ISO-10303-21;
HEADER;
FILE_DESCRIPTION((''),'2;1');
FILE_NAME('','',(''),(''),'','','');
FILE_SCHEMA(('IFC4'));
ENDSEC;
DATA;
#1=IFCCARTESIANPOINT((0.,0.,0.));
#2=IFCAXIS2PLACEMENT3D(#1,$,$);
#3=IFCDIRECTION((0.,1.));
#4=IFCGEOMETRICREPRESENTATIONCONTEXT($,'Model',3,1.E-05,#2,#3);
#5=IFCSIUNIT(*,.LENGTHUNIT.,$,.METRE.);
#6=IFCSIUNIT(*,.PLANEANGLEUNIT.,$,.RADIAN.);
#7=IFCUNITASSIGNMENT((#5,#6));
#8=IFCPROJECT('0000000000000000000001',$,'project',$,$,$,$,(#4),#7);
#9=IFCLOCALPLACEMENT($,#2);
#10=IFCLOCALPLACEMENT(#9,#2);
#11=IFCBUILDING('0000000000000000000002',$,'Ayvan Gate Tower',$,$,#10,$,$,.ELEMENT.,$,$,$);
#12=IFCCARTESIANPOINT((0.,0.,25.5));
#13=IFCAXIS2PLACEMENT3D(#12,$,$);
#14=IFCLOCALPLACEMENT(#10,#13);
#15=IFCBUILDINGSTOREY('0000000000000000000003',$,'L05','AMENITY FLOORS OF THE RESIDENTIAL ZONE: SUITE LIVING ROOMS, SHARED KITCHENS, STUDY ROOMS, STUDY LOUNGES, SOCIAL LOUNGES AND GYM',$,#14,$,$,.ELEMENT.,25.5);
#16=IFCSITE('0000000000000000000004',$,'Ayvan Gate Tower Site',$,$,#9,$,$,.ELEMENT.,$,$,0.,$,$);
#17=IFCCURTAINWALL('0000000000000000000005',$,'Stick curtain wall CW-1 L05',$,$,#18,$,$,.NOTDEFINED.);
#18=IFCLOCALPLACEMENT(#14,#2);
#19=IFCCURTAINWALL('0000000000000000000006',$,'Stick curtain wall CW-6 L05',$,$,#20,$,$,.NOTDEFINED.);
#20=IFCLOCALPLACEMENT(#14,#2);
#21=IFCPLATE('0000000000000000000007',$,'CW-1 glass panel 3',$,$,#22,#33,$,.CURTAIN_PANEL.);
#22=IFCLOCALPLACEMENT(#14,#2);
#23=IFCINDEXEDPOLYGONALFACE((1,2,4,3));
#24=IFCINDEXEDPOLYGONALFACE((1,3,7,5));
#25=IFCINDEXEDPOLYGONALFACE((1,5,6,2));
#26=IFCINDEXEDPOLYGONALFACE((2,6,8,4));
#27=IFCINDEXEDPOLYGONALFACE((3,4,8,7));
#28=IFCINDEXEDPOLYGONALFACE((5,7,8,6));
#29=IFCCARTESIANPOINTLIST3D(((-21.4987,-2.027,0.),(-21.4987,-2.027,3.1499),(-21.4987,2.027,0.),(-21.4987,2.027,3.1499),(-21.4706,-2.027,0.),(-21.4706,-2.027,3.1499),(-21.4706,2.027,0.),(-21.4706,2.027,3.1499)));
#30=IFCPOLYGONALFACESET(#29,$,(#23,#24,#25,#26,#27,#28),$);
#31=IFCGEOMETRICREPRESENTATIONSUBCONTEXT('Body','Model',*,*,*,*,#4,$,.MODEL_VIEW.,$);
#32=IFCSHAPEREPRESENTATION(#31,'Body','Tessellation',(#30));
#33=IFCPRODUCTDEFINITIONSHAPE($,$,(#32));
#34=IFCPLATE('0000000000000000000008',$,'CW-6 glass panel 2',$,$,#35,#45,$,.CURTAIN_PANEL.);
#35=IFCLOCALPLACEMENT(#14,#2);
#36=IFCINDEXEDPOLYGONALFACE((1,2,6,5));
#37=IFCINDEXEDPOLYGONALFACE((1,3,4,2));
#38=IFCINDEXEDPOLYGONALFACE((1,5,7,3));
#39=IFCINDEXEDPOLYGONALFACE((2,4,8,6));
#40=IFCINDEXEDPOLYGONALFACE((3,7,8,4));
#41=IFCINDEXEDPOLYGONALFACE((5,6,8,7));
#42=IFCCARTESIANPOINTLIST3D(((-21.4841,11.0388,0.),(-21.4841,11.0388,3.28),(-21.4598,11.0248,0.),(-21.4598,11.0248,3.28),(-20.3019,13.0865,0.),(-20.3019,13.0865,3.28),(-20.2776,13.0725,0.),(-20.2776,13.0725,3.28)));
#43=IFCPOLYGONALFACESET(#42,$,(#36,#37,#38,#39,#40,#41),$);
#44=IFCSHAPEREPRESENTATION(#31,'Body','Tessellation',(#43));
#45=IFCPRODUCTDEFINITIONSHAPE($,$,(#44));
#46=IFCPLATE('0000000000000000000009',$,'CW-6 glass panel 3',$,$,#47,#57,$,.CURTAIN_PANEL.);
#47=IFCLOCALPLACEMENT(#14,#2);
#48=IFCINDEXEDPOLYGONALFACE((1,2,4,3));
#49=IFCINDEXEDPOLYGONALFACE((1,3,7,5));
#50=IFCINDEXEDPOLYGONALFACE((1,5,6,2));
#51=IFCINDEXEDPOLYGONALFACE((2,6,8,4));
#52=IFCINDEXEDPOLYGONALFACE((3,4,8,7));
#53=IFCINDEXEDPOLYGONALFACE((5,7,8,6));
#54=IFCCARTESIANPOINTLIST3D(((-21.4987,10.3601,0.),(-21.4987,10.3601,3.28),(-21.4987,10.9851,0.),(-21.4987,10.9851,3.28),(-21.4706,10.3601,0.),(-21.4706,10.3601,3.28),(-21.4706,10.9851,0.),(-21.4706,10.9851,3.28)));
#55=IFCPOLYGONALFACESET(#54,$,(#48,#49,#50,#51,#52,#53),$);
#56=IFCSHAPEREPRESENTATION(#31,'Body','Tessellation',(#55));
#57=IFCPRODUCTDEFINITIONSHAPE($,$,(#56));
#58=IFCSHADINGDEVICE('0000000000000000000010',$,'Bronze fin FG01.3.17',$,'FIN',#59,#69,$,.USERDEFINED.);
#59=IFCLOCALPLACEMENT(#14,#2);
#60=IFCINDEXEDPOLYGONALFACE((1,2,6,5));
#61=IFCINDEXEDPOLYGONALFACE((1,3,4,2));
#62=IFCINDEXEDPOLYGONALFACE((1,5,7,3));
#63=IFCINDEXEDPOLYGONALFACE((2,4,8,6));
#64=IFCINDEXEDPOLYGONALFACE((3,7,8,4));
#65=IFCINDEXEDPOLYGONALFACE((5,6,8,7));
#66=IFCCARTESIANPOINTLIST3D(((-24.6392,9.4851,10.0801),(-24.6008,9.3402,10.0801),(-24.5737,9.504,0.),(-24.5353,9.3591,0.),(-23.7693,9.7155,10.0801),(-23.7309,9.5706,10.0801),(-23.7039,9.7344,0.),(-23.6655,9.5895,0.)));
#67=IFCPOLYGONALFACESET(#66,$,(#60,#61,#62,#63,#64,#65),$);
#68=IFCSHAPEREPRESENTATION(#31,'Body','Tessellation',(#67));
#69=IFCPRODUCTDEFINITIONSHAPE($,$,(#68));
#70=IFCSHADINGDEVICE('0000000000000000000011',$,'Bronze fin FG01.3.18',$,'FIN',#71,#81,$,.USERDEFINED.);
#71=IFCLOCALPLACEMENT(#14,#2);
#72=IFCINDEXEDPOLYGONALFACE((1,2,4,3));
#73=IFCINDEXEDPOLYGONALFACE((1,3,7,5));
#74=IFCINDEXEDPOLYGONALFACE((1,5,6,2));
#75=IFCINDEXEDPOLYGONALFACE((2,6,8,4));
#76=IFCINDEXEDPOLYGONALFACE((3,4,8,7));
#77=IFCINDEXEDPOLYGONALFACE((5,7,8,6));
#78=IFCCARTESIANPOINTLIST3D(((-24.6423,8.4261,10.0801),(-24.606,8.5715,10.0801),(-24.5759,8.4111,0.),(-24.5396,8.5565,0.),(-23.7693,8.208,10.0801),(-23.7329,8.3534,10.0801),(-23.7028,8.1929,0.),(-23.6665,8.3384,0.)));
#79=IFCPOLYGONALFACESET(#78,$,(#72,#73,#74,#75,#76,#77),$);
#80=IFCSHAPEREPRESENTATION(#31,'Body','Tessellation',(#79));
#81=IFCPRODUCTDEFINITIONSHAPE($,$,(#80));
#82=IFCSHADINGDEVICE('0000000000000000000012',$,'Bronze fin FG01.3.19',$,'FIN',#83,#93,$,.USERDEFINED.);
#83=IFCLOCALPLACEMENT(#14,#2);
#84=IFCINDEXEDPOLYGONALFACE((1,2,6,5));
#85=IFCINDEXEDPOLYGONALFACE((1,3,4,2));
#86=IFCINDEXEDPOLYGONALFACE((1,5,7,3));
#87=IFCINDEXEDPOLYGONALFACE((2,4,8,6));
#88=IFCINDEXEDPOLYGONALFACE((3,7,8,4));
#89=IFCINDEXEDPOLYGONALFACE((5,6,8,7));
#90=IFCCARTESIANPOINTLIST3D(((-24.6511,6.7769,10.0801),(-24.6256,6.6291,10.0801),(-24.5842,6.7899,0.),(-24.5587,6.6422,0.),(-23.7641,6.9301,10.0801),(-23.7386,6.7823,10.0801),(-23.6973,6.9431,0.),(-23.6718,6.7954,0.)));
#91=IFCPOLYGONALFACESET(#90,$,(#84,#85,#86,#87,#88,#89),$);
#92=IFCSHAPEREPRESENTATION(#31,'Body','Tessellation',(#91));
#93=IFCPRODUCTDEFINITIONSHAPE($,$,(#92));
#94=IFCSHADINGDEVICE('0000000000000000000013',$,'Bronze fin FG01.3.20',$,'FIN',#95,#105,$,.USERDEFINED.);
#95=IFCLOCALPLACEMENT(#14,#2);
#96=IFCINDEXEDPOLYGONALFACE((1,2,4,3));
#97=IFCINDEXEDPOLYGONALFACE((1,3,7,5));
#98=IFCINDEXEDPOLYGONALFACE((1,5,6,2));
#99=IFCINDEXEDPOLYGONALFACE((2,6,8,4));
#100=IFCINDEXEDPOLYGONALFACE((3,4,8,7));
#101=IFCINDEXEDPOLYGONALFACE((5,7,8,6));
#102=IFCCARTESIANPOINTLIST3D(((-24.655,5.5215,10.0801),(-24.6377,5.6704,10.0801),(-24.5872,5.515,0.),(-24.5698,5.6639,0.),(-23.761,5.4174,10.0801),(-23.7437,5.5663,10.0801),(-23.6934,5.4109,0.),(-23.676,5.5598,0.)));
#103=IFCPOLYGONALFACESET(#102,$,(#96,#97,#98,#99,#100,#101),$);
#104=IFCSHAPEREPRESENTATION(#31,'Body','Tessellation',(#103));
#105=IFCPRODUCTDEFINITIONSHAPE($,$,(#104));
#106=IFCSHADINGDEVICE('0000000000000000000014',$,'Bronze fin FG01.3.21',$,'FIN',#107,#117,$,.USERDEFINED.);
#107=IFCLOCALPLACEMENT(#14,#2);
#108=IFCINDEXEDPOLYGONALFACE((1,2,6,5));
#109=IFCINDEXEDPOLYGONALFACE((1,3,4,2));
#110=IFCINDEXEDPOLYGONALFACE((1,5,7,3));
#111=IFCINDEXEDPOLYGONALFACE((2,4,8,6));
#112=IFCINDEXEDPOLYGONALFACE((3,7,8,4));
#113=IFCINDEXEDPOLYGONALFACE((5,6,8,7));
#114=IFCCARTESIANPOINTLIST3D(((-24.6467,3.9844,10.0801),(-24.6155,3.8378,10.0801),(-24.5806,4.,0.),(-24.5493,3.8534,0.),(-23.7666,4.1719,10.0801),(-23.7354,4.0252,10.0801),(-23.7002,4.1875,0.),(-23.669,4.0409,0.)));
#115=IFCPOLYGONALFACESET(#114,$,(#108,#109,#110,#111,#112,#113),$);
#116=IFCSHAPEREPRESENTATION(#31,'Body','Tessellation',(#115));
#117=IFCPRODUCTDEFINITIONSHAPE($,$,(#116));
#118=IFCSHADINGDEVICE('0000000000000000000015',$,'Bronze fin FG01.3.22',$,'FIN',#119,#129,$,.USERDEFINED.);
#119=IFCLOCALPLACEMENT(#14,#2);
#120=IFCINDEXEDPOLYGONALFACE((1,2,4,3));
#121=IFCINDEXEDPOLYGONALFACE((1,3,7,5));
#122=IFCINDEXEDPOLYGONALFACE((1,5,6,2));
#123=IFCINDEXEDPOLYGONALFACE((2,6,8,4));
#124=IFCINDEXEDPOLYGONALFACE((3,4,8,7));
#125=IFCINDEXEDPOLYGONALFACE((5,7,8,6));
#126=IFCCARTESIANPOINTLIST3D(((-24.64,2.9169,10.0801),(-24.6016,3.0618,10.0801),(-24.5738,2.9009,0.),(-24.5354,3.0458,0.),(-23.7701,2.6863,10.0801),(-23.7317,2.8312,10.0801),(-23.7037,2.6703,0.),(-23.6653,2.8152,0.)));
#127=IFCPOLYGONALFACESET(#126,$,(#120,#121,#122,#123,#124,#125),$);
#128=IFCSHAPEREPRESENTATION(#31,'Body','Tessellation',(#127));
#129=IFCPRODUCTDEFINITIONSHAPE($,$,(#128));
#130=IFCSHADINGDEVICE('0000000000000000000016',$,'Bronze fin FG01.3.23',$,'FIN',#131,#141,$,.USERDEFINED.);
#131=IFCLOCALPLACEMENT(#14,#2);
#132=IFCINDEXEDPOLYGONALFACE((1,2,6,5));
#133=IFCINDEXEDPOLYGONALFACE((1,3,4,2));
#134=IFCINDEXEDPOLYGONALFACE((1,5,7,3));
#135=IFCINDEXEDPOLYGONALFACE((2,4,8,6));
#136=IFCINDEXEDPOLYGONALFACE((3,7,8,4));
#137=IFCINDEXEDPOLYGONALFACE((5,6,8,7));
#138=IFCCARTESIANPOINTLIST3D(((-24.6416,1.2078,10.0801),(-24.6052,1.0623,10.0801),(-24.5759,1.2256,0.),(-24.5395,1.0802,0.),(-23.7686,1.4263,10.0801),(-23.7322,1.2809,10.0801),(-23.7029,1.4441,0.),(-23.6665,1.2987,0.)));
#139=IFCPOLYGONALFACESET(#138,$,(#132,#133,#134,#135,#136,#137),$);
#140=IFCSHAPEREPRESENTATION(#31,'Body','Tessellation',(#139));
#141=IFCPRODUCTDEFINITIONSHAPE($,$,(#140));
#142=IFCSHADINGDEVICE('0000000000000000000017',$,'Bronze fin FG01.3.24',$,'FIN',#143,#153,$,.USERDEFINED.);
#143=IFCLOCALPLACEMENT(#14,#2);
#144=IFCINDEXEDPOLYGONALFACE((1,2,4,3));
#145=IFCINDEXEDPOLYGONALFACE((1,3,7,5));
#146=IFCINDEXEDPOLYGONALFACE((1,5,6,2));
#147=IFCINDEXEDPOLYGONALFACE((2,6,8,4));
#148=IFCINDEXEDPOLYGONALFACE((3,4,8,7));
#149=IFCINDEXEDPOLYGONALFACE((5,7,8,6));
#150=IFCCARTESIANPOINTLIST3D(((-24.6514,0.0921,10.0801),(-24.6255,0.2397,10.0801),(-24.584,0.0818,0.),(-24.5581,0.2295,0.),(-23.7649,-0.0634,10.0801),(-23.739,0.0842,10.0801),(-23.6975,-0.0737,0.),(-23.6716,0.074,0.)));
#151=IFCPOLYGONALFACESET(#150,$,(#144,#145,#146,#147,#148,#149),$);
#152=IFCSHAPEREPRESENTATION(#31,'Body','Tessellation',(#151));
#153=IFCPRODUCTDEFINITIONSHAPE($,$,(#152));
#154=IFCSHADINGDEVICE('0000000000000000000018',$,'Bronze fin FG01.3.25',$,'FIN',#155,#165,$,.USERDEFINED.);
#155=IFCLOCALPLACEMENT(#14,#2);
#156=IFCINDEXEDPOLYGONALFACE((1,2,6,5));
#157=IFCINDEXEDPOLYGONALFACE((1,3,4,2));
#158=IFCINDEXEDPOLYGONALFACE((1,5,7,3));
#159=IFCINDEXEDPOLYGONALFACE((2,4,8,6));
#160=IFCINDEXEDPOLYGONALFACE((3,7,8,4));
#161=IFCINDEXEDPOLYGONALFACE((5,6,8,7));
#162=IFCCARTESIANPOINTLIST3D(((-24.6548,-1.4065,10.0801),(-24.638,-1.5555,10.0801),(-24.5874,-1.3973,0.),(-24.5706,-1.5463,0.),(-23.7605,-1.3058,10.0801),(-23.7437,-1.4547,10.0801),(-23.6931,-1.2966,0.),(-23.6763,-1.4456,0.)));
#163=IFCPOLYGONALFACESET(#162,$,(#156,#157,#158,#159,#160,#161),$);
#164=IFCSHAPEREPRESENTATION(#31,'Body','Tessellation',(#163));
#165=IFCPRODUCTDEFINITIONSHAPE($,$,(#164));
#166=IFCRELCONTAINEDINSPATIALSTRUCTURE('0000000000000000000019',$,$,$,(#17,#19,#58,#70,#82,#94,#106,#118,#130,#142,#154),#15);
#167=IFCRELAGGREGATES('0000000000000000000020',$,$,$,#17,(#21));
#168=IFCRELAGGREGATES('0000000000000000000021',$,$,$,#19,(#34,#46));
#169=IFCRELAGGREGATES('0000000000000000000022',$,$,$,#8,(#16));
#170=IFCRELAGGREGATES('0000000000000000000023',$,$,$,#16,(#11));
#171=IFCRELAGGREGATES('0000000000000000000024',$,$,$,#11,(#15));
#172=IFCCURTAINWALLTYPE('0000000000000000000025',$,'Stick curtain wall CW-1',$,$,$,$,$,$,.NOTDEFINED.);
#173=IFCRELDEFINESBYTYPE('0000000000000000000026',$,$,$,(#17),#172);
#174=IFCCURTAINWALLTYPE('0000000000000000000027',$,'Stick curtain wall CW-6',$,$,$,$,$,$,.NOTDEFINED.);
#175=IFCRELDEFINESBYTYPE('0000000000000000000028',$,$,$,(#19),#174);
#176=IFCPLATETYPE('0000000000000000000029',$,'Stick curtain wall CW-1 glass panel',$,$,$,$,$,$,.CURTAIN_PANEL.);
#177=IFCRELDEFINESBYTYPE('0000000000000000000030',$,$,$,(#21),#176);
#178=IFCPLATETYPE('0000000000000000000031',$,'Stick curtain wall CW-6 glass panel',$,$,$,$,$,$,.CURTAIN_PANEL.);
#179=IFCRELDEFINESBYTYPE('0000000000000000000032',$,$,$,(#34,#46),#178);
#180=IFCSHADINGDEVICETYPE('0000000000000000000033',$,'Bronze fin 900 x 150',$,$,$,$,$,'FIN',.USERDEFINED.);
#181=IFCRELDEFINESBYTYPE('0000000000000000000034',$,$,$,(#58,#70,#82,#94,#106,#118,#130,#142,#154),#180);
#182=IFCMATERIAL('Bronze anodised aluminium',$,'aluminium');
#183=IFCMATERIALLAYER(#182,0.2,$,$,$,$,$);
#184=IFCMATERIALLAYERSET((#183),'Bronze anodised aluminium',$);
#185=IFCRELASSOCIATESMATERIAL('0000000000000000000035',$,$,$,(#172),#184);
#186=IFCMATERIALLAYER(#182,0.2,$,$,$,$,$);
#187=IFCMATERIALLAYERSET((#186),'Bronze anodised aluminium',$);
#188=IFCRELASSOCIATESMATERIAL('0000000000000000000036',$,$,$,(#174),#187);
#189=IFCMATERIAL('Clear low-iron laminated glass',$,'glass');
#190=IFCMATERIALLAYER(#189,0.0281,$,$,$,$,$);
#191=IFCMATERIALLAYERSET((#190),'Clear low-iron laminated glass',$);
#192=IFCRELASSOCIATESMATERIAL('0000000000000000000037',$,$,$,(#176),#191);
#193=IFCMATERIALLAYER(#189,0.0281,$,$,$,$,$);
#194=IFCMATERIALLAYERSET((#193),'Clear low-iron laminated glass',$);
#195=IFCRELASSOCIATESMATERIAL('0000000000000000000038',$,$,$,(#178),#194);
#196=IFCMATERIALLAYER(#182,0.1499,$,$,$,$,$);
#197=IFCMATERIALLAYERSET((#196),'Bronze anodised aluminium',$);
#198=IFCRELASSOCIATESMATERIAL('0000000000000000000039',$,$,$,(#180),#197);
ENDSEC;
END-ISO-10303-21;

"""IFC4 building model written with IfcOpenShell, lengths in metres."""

from ifc_helpers import new_model, si_unit, direction, frame, origin, origin_2d, place, context, subcontext, project, spatial, polyline, rectangle, outline, extrude, material, layer, layer_set, type_object, element, aggregate, save


model = new_model("IFC4")

# Units and contexts
model_context = context("Model", 3, precision=1e-05, world=origin(), true_north=direction((0.0, 1.0)))
body_context = subcontext(model_context, "Body", "Model", "MODEL_VIEW")
ifc_project = project(units=[si_unit("LENGTHUNIT", "METRE"), si_unit("PLANEANGLEUNIT", "RADIAN")], contexts=[model_context])

# Site, building, storey
site_placement = place(None, origin())
site = spatial("IfcSite", under=ifc_project, at=site_placement, Name="Ayvan Gate Tower Site", CompositionType="ELEMENT", RefElevation=0.0)
building_placement = place(site_placement, origin())
building = spatial("IfcBuilding", under=site, at=building_placement, Name="Ayvan Gate Tower", CompositionType="ELEMENT")
storey_placement = place(building_placement, frame((0.0, 0.0, 25.5)))
storey = spatial("IfcBuildingStorey", under=building, at=storey_placement, Name="L05", Description="AMENITY FLOORS OF THE RESIDENTIAL ZONE: SUITE LIVING ROOMS, SHARED KITCHENS, STUDY ROOMS, STUDY LOUNGES, SOCIAL LOUNGES AND GYM", CompositionType="ELEMENT", Elevation=25.5)

# Curtain walls
ifc_material_1 = material(Name="Bronze anodised aluminium", Category="aluminium")
ifc_layer_1 = layer(ifc_material_1, 0.2)
ifc_layer_set_1 = layer_set([ifc_layer_1], Name="Bronze anodised aluminium")
curtain_wall_type_1 = type_object("IfcCurtainWallType", Name="Stick curtain wall CW-1", PredefinedType="NOTDEFINED", material=ifc_layer_set_1)
curtain_wall_1_placement = place(storey_placement, origin())
curtain_wall_1 = element("IfcCurtainWall", 1, at=curtain_wall_1_placement, inside=storey, type_object=curtain_wall_type_1, Name="Stick curtain wall CW-1 L05", PredefinedType="NOTDEFINED")
ifc_layer_2 = layer(ifc_material_1, 0.2)
ifc_layer_set_2 = layer_set([ifc_layer_2], Name="Bronze anodised aluminium")
curtain_wall_type_2 = type_object("IfcCurtainWallType", Name="Stick curtain wall CW-6", PredefinedType="NOTDEFINED", material=ifc_layer_set_2)
curtain_wall_2_placement = place(storey_placement, origin())
curtain_wall_2 = element("IfcCurtainWall", 2, at=curtain_wall_2_placement, inside=storey, type_object=curtain_wall_type_2, Name="Stick curtain wall CW-6 L05", PredefinedType="NOTDEFINED")

# Plates
ifc_material_2 = material(Name="Clear low-iron laminated glass", Category="glass")
ifc_layer_3 = layer(ifc_material_2, 0.0281)
ifc_layer_set_3 = layer_set([ifc_layer_3], Name="Clear low-iron laminated glass")
plate_type_1 = type_object("IfcPlateType", Name="Stick curtain wall CW-1 glass panel", PredefinedType="CURTAIN_PANEL", material=ifc_layer_set_3)
plate_1_placement = place(storey_placement, frame((-21.4846, 0.0, 0.0), z_axis=(0.0, 0.0, 1.0), x_axis=(0.0, -1.0, 0.0)))
plate_1 = element("IfcPlate", 3, at=plate_1_placement, type_object=plate_type_1, Name="CW-1 glass panel 3", PredefinedType="CURTAIN_PANEL", context=body_context, shape_type="SweptSolid", body=[
    extrude(rectangle(XDim=4.054, YDim=0.0281, at=origin_2d()), origin(), (0.0, 0.0, 1.0), 3.1499),
])
aggregate(curtain_wall_1, [plate_1])
ifc_layer_4 = layer(ifc_material_2, 0.0281)
ifc_layer_set_4 = layer_set([ifc_layer_4], Name="Clear low-iron laminated glass")
plate_type_2 = type_object("IfcPlateType", Name="Stick curtain wall CW-6 glass panel", PredefinedType="CURTAIN_PANEL", material=ifc_layer_set_4)
plate_2_placement = place(storey_placement, frame((-20.8809, 12.0557, 0.0), z_axis=(0.0, 0.0, 1.0), x_axis=(-0.5, -0.866025, 0.0)))
plate_2 = element("IfcPlate", 4, at=plate_2_placement, type_object=plate_type_2, Name="CW-6 glass panel 2", PredefinedType="CURTAIN_PANEL", context=body_context, shape_type="SweptSolid", body=[
    extrude(rectangle(XDim=2.3645, YDim=0.0281, at=origin_2d()), origin(), (0.0, 0.0, 1.0), 3.28),
])
plate_3_placement = place(storey_placement, frame((-21.4846, 10.6726, 0.0), z_axis=(0.0, 0.0, 1.0), x_axis=(0.0, -1.0, 0.0)))
plate_3 = element("IfcPlate", 5, at=plate_3_placement, type_object=plate_type_2, Name="CW-6 glass panel 3", PredefinedType="CURTAIN_PANEL", context=body_context, shape_type="SweptSolid", body=[
    extrude(rectangle(XDim=0.625, YDim=0.0281, at=origin_2d()), origin(), (0.0, 0.0, 1.0), 3.28),
])
aggregate(curtain_wall_2, [plate_2, plate_3])

# Shading devices
ifc_layer_5 = layer(ifc_material_1, 0.1499)
ifc_layer_set_5 = layer_set([ifc_layer_5], Name="Bronze anodised aluminium")
shading_device_type = type_object("IfcShadingDeviceType", Name="Bronze fin 900 x 150", ElementType="FIN", PredefinedType="USERDEFINED", material=ifc_layer_set_5)
shading_device_1_placement = place(storey_placement, frame((-23.7039, 9.7344, 0.0), z_axis=(-0.255982, 0.966682, 0.000153), x_axis=(-0.966682, -0.255982, 0.0)))
element("IfcShadingDevice", 6, at=shading_device_1_placement, inside=storey, type_object=shading_device_type, Name="Bronze fin FG01.3.17", ObjectType="FIN", PredefinedType="USERDEFINED", context=body_context, shape_type="SweptSolid", body=[
    extrude(outline(polyline([(0.0, 0.0), (0.8998, 0.0), (0.9679, 10.0801), (0.0681, 10.0801), (0.0, 0.0)])), origin(), (0.0, 0.0, -1.0), 0.1499),
])
shading_device_2_placement = place(storey_placement, frame((-23.6665, 8.3384, 0.0), z_axis=(0.242408, 0.970174, 0.000152), x_axis=(-0.970174, 0.242408, 0.0)))
element("IfcShadingDevice", 7, at=shading_device_2_placement, inside=storey, type_object=shading_device_type, Name="Bronze fin FG01.3.18", ObjectType="FIN", PredefinedType="USERDEFINED", context=body_context, shape_type="SweptSolid", body=[
    extrude(outline(polyline([(0.0, 0.0), (0.8999, 0.0), (0.968, 10.0801), (0.0681, 10.0801), (0.0, 0.0)])), origin(), (0.0, 0.0, -1.0), 0.1499),
])
shading_device_3_placement = place(storey_placement, frame((-23.6973, 6.9431, 0.0), z_axis=(-0.170202, 0.985409, 0.000147), x_axis=(-0.985409, -0.170202, 0.0)))
element("IfcShadingDevice", 8, at=shading_device_3_placement, inside=storey, type_object=shading_device_type, Name="Bronze fin FG01.3.19", ObjectType="FIN", PredefinedType="USERDEFINED", context=body_context, shape_type="SweptSolid", body=[
    extrude(outline(polyline([(0.0, 0.0), (0.9001, 0.0), (0.9682, 10.0801), (0.0681, 10.0801), (0.0, 0.0)])), origin(), (0.0, 0.0, -1.0), 0.1499),
])
shading_device_4_placement = place(storey_placement, frame((-23.676, 5.5598, 0.0), z_axis=(0.1157, 0.993284, 0.00014), x_axis=(-0.993284, 0.1157, 0.0)))
element("IfcShadingDevice", 9, at=shading_device_4_placement, inside=storey, type_object=shading_device_type, Name="Bronze fin FG01.3.20", ObjectType="FIN", PredefinedType="USERDEFINED", context=body_context, shape_type="SweptSolid", body=[
    extrude(outline(polyline([(0.0, 0.0), (0.8999, 0.0), (0.968, 10.0801), (0.0679, 10.0801), (0.0, 0.0)])), origin(), (0.0, 0.0, -1.0), 0.1499),
])
shading_device_5_placement = place(storey_placement, frame((-23.7002, 4.1875, 0.0), z_axis=(-0.208334, 0.978058, 0.000146), x_axis=(-0.978058, -0.208334, 0.0)))
element("IfcShadingDevice", 10, at=shading_device_5_placement, inside=storey, type_object=shading_device_type, Name="Bronze fin FG01.3.21", ObjectType="FIN", PredefinedType="USERDEFINED", context=body_context, shape_type="SweptSolid", body=[
    extrude(outline(polyline([(0.0, 0.0), (0.9001, 0.0), (0.9681, 10.0801), (0.0682, 10.0801), (0.0, 0.0)])), origin(), (0.0, 0.0, -1.0), 0.1499),
])
shading_device_6_placement = place(storey_placement, frame((-23.6653, 2.8152, 0.0), z_axis=(0.256202, 0.966623, 0.000151), x_axis=(-0.966623, 0.256202, 0.0)))
element("IfcShadingDevice", 11, at=shading_device_6_placement, inside=storey, type_object=shading_device_type, Name="Bronze fin FG01.3.22", ObjectType="FIN", PredefinedType="USERDEFINED", context=body_context, shape_type="SweptSolid", body=[
    extrude(outline(polyline([(0.0, 0.0), (0.9002, 0.0), (0.9682, 10.0801), (0.0683, 10.0801), (0.0, 0.0)])), origin(), (0.0, 0.0, -1.0), 0.1499),
])
shading_device_7_placement = place(storey_placement, frame((-23.7029, 1.4441, 0.0), z_axis=(-0.242791, 0.970079, 0.000133), x_axis=(-0.970079, -0.242791, 0.0)))
element("IfcShadingDevice", 12, at=shading_device_7_placement, inside=storey, type_object=shading_device_type, Name="Bronze fin FG01.3.23", ObjectType="FIN", PredefinedType="USERDEFINED", context=body_context, shape_type="SweptSolid", body=[
    extrude(outline(polyline([(0.0, 0.0), (0.9, 0.0), (0.968, 10.0801), (0.068, 10.0801), (0.0, 0.0)])), origin(), (0.0, 0.0, -1.0), 0.1499),
])
shading_device_8_placement = place(storey_placement, frame((-23.6716, 0.074, 0.0), z_axis=(0.172795, 0.984958, 0.000153), x_axis=(-0.984958, 0.172795, 0.0)))
element("IfcShadingDevice", 13, at=shading_device_8_placement, inside=storey, type_object=shading_device_type, Name="Bronze fin FG01.3.24", ObjectType="FIN", PredefinedType="USERDEFINED", context=body_context, shape_type="SweptSolid", body=[
    extrude(outline(polyline([(0.0, 0.0), (0.9, 0.0), (0.9682, 10.0801), (0.0681, 10.0801), (0.0, 0.0)])), origin(), (0.0, 0.0, -1.0), 0.1499),
])
shading_device_9_placement = place(storey_placement, frame((-23.6931, -1.2966, 0.0), z_axis=(-0.111905, 0.993719, 0.000154), x_axis=(-0.993719, -0.111905, 0.0)))
element("IfcShadingDevice", 14, at=shading_device_9_placement, inside=storey, type_object=shading_device_type, Name="Bronze fin FG01.3.25", ObjectType="FIN", PredefinedType="USERDEFINED", context=body_context, shape_type="SweptSolid", body=[
    extrude(outline(polyline([(0.0, 0.0), (0.9, 0.0), (0.9679, 10.0801), (0.068, 10.0801), (0.0, 0.0)])), origin(), (0.0, 0.0, -1.0), 0.1499),
])

save(model, "model.ifc")
